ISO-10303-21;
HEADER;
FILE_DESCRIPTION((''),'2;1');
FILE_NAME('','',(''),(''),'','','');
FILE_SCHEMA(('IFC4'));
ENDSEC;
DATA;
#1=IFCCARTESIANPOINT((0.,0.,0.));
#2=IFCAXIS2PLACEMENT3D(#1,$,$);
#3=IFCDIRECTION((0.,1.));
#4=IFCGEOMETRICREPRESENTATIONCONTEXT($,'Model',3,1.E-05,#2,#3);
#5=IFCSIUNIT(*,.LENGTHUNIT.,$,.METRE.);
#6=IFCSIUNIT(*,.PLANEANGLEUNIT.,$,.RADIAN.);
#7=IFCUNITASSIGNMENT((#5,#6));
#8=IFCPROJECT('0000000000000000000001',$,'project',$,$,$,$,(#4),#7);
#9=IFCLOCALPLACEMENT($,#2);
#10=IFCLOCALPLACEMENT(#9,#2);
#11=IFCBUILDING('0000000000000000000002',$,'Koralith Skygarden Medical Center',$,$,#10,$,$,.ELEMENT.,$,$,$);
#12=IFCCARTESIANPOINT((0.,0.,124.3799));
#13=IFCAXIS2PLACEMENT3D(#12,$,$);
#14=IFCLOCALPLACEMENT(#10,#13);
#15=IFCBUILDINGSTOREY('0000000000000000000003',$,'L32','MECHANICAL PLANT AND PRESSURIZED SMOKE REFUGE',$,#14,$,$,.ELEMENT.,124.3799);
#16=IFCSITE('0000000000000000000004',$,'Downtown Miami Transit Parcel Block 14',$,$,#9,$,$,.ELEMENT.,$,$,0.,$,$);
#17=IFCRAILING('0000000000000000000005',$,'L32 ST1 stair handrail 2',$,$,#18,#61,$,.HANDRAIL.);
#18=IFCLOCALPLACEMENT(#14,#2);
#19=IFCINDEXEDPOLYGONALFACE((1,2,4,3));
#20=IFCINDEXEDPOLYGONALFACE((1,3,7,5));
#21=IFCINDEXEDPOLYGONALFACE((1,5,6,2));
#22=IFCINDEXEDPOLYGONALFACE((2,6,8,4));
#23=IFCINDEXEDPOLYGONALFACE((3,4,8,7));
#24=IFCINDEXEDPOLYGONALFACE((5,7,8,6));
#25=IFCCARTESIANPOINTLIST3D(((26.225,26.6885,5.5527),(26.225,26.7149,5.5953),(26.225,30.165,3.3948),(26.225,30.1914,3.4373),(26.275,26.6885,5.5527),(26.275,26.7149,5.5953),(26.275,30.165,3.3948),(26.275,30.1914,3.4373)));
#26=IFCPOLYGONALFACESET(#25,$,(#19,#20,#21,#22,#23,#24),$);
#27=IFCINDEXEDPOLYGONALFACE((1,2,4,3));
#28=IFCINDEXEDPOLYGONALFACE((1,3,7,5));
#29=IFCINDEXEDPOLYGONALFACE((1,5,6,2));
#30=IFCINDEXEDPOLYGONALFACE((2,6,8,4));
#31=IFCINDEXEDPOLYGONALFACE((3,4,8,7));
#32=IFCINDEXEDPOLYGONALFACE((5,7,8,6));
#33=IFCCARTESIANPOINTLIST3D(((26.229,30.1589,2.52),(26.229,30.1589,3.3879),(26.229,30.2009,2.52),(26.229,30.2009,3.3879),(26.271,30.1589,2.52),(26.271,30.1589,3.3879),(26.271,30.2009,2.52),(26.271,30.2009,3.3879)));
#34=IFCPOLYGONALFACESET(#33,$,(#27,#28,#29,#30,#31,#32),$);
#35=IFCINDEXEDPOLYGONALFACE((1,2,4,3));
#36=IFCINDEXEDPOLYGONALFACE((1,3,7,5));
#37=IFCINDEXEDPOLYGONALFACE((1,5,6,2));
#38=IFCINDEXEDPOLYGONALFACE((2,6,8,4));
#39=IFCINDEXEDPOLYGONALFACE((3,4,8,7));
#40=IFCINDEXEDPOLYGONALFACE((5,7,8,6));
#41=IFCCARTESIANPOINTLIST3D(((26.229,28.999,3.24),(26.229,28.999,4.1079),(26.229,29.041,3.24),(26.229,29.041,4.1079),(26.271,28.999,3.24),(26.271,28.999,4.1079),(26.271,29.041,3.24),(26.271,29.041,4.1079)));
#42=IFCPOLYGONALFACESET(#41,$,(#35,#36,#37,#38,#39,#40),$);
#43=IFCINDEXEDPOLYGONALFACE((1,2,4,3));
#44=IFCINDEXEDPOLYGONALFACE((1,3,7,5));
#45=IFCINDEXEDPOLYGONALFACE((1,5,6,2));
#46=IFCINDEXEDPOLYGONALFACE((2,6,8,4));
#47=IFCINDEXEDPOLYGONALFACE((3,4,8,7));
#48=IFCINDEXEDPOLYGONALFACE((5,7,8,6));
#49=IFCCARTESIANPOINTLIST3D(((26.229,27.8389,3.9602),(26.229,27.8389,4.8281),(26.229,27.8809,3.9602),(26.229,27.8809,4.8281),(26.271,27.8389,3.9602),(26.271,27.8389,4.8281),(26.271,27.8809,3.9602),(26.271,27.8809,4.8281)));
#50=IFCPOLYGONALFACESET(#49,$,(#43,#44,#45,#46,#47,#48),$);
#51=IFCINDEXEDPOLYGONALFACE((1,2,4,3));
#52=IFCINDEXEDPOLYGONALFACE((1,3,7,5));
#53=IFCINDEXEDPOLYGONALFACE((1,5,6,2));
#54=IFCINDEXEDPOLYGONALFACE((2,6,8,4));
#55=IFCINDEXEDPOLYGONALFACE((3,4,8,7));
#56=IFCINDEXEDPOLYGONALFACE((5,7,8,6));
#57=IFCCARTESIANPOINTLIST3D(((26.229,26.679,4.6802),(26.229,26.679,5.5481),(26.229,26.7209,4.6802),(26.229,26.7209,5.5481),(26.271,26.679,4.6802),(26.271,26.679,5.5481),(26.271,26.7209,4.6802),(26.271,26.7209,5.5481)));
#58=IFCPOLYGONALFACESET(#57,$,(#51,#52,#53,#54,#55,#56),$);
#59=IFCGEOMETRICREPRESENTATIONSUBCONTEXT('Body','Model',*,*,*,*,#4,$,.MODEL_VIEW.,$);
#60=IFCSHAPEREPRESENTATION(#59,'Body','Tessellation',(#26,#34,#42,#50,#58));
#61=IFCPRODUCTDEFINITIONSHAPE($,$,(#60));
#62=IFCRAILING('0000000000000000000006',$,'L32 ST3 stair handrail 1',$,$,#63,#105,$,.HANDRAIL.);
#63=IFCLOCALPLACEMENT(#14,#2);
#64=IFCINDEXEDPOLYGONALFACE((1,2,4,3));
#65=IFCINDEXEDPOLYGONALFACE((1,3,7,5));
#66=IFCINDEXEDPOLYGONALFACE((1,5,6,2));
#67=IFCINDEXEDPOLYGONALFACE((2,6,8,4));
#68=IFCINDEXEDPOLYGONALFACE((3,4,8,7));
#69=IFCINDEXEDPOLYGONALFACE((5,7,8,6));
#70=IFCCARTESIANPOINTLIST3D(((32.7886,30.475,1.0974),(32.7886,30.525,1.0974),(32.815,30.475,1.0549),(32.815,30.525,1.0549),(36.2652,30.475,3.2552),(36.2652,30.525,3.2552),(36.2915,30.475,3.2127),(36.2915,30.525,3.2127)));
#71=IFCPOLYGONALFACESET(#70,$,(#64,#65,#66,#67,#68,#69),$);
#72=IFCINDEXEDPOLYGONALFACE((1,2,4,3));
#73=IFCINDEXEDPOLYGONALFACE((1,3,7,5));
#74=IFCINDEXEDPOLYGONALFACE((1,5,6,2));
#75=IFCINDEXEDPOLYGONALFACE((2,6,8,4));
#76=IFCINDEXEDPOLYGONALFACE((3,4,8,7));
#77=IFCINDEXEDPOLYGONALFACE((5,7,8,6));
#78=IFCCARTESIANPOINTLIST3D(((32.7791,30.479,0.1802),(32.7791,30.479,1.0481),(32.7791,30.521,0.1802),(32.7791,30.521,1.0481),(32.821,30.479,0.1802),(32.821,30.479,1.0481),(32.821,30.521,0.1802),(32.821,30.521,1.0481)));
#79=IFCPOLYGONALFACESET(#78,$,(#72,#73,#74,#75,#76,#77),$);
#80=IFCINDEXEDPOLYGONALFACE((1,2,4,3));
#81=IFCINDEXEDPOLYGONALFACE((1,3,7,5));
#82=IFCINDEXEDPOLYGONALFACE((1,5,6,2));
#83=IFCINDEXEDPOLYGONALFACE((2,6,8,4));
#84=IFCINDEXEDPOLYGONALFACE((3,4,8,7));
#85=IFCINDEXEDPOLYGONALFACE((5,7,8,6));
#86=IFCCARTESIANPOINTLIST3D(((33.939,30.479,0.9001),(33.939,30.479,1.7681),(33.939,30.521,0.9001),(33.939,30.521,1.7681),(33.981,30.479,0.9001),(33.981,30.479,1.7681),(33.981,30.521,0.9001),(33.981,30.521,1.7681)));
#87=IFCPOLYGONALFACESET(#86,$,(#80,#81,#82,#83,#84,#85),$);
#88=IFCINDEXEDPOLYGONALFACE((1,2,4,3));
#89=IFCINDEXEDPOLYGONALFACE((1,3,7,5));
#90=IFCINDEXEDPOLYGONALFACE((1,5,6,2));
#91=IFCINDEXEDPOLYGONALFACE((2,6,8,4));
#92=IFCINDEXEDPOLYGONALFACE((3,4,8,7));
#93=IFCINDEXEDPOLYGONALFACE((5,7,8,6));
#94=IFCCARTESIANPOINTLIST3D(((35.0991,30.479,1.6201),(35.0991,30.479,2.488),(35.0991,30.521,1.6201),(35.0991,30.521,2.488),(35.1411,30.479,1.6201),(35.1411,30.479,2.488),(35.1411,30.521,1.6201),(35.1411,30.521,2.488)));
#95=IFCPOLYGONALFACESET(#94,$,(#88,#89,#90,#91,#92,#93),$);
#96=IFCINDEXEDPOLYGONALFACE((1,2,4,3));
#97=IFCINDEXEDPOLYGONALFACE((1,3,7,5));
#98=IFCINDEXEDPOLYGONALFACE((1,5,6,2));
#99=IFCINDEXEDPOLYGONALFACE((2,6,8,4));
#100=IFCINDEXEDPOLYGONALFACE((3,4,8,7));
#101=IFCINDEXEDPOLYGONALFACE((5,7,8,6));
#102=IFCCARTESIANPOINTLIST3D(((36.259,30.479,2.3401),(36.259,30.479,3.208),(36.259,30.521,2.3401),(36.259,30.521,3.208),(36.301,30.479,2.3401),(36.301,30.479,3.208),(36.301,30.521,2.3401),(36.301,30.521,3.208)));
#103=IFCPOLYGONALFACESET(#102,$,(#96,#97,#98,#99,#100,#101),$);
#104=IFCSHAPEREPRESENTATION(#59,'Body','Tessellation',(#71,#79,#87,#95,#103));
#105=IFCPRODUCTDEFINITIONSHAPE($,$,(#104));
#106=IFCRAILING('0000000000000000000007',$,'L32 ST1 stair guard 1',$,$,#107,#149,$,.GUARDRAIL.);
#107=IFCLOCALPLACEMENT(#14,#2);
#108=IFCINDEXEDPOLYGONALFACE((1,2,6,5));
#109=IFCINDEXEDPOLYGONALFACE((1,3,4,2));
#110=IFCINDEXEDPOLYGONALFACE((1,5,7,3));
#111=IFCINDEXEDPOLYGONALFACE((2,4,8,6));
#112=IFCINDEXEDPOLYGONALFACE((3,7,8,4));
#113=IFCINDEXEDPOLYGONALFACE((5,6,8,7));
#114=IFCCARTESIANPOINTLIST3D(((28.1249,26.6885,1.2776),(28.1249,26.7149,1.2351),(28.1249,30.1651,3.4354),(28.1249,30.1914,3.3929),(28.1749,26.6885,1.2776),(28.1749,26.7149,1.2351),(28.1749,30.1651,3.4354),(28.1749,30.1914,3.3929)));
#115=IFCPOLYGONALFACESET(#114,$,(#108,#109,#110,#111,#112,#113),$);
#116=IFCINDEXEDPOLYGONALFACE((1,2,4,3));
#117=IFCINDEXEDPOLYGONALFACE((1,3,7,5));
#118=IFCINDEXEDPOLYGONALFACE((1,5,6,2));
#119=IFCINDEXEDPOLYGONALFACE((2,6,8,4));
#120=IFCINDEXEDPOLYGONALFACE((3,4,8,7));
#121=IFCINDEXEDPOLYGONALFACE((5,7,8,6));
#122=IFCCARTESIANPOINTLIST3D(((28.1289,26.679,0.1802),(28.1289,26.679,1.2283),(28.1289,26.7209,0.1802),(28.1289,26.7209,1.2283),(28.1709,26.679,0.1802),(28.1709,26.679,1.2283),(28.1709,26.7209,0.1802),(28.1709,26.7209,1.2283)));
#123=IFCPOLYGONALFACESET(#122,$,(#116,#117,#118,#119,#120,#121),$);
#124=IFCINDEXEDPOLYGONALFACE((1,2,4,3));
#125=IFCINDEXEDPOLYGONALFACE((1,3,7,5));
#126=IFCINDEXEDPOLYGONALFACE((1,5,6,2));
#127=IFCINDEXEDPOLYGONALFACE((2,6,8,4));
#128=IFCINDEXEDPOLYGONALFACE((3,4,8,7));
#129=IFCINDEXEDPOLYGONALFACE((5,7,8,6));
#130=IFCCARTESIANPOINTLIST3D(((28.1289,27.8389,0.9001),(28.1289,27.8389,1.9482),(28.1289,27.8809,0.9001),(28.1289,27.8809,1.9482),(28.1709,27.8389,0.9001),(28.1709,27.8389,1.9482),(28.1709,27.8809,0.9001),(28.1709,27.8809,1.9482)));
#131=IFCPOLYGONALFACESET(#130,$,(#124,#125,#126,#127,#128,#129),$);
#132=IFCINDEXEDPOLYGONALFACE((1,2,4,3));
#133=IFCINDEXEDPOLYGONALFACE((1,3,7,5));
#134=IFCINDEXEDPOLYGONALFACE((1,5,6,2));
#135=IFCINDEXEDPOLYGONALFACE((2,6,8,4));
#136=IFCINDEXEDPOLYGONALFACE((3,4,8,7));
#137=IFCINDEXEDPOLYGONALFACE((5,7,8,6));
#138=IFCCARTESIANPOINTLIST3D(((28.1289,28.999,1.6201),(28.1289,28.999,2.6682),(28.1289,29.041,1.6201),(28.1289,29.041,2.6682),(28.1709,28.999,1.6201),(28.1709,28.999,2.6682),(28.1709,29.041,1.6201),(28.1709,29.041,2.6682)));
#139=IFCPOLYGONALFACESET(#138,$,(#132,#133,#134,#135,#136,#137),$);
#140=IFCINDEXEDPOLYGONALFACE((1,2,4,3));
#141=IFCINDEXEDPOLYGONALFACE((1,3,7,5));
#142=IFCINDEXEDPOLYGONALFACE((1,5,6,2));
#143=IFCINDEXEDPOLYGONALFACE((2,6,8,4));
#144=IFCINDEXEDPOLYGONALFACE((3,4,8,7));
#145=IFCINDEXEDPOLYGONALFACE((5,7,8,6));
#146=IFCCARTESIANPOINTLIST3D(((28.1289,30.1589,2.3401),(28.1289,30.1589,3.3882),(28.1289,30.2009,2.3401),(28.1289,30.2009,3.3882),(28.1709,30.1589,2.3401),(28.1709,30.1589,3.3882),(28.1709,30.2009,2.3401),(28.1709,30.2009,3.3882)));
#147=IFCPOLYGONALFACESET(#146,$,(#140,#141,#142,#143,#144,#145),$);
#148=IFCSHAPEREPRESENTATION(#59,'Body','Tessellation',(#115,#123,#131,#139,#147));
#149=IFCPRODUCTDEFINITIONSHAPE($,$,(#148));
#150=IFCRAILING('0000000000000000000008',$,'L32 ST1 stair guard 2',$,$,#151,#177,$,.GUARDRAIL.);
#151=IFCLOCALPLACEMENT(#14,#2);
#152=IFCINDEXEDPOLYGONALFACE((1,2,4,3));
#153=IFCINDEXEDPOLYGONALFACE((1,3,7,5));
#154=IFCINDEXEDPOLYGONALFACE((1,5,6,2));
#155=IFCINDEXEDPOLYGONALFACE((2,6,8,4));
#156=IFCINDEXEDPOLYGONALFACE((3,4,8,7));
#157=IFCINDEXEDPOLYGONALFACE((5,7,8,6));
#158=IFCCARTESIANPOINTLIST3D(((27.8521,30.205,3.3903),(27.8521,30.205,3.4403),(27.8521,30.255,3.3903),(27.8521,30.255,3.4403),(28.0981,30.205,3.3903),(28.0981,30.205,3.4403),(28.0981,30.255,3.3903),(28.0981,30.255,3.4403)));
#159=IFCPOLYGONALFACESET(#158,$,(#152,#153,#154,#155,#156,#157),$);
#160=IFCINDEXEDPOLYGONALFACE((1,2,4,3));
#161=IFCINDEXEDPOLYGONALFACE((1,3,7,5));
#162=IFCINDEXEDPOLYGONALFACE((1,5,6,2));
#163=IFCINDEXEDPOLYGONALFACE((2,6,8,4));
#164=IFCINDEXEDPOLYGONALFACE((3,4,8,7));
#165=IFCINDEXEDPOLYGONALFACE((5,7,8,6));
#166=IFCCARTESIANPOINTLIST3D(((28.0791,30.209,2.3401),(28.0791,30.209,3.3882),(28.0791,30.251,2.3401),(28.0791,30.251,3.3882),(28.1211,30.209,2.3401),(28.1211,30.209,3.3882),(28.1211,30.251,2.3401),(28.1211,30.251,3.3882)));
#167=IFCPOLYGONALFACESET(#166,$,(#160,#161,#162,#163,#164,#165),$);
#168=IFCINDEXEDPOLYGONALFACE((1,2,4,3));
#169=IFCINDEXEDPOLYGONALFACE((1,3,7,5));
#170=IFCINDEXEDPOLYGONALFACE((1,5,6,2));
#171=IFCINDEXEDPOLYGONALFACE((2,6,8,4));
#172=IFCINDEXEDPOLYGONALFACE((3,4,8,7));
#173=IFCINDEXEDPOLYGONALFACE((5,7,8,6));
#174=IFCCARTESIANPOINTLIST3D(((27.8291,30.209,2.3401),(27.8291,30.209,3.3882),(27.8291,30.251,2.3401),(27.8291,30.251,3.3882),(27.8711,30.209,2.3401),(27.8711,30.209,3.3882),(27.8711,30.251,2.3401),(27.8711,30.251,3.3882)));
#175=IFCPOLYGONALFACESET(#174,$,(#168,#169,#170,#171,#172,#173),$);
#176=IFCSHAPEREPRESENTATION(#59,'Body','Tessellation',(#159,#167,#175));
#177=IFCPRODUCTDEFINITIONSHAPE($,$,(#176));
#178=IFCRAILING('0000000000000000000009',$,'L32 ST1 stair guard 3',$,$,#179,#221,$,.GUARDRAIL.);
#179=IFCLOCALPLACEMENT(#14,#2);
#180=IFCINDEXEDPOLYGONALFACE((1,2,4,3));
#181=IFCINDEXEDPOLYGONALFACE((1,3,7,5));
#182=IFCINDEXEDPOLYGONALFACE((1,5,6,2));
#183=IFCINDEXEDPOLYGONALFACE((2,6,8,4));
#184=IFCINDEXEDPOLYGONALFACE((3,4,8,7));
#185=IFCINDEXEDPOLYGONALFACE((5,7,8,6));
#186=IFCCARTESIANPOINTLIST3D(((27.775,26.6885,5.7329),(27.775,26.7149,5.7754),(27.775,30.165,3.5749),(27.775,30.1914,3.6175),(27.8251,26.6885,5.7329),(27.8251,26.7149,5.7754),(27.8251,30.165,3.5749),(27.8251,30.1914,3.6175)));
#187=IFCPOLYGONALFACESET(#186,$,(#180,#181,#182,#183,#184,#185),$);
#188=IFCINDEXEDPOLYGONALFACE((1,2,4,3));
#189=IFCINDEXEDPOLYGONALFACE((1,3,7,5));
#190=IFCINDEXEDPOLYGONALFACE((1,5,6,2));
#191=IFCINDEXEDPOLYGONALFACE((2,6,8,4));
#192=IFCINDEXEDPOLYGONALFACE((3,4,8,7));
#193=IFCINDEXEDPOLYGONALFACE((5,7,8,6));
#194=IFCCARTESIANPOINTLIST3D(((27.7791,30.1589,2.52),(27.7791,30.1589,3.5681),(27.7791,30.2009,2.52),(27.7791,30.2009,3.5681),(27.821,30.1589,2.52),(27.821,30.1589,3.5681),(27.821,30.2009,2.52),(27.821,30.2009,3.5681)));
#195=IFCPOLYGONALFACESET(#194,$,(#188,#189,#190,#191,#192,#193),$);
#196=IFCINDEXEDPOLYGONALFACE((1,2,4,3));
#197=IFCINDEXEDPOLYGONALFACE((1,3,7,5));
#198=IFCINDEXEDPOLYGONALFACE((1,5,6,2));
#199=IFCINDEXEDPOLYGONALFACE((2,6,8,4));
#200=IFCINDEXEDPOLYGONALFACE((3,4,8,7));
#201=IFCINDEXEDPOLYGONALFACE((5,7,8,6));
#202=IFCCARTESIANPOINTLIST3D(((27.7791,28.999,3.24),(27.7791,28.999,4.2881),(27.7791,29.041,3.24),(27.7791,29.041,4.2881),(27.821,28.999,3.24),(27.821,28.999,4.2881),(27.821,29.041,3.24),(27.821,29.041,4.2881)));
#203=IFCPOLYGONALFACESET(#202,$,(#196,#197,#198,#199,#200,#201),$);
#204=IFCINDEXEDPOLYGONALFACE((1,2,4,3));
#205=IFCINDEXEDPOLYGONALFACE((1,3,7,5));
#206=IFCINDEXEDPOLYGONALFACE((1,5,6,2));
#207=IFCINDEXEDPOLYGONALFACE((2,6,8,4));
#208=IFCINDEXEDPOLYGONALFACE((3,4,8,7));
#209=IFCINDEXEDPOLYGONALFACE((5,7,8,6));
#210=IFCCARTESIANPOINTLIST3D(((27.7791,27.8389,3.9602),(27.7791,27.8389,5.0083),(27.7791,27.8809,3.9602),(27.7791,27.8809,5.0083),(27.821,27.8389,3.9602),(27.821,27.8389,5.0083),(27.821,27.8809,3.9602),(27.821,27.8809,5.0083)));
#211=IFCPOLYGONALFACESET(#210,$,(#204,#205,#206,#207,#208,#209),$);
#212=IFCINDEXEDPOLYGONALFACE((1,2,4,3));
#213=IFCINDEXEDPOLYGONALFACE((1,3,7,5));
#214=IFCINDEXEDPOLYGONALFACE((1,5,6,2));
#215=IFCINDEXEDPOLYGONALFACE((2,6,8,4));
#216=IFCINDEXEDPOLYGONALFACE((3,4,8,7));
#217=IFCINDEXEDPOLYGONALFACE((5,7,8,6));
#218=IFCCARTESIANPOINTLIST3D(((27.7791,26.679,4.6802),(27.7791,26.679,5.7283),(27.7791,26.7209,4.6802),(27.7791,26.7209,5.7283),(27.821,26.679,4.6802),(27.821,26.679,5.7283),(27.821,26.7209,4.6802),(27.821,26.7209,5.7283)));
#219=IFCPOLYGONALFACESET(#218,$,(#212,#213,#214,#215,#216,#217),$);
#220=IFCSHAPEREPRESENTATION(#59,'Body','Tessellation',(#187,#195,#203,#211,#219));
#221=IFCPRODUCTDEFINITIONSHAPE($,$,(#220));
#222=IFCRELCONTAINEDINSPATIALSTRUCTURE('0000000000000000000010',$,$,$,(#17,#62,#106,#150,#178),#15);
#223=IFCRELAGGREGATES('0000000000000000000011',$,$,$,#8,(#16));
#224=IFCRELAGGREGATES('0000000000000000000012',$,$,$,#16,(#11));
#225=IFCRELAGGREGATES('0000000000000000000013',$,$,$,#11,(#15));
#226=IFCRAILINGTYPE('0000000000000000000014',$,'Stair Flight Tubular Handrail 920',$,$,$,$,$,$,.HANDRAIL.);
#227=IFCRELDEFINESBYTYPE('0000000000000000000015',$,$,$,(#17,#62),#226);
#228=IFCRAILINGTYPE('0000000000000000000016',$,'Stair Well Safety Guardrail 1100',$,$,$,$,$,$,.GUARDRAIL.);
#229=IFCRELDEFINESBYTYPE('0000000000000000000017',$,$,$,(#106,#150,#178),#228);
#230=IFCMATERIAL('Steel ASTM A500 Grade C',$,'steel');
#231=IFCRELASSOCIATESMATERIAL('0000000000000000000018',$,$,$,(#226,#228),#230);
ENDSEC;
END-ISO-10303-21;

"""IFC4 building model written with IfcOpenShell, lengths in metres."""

from ifc_helpers import new_model, si_unit, direction, frame, origin, origin_2d, place, context, subcontext, project, spatial, rectangle, extrude, material, type_object, element, save


model = new_model("IFC4")

# Units and contexts
model_context = context("Model", 3, precision=1e-05, world=origin(), true_north=direction((0.0, 1.0)))
body_context = subcontext(model_context, "Body", "Model", "MODEL_VIEW")
ifc_project = project(units=[si_unit("LENGTHUNIT", "METRE"), si_unit("PLANEANGLEUNIT", "RADIAN")], contexts=[model_context])

# Site, building, storey
site_placement = place(None, origin())
site = spatial("IfcSite", under=ifc_project, at=site_placement, Name="Downtown Miami Transit Parcel Block 14", CompositionType="ELEMENT", RefElevation=0.0)
building_placement = place(site_placement, origin())
building = spatial("IfcBuilding", under=site, at=building_placement, Name="Koralith Skygarden Medical Center", CompositionType="ELEMENT")
storey_placement = place(building_placement, frame((0.0, 0.0, 124.3799)))
storey = spatial("IfcBuildingStorey", under=building, at=storey_placement, Name="L32", Description="MECHANICAL PLANT AND PRESSURIZED SMOKE REFUGE", CompositionType="ELEMENT", Elevation=124.3799)

# Shared definitions
ifc_material_1 = material(Name="Steel ASTM A500 Grade C", Category="steel")

# Railings
railing_type_1 = type_object("IfcRailingType", Name="Stair Flight Tubular Handrail 920", PredefinedType="HANDRAIL", material=ifc_material_1)
railing_1_placement = place(storey_placement, frame((26.25, 30.1799, 2.52)))
element("IfcRailing", 1, at=railing_1_placement, inside=storey, type_object=railing_type_1, Name="L32 ST1 stair handrail 2", PredefinedType="HANDRAIL", context=body_context, shape_type="SweptSolid", body=[
    extrude(rectangle(XDim=0.05, YDim=0.05, at=origin_2d()), frame((0.0, -0.0017, 0.896), z_axis=(0.0, -0.849622, 0.527393), x_axis=(1.0, 0.0, 0.0)), (0.0, 0.0, 1.0), 4.0918),
    extrude(rectangle(XDim=0.042, YDim=0.042, at=origin_2d()), origin(), (0.0, 0.0, 1.0), 0.8679),
    extrude(rectangle(XDim=0.042, YDim=0.042, at=origin_2d()), frame((0.0, -1.1599, 0.72)), (0.0, 0.0, 1.0), 0.8679),
    extrude(rectangle(XDim=0.042, YDim=0.042, at=origin_2d()), frame((0.0, -2.3201, 1.4402)), (0.0, 0.0, 1.0), 0.8679),
    extrude(rectangle(XDim=0.042, YDim=0.042, at=origin_2d()), frame((0.0, -3.48, 2.1602)), (0.0, 0.0, 1.0), 0.8679),
])
railing_2_placement = place(storey_placement, frame((32.8, 30.5, 0.1802)))
element("IfcRailing", 2, at=railing_2_placement, inside=storey, type_object=railing_type_1, Name="L32 ST3 stair handrail 1", PredefinedType="HANDRAIL", context=body_context, shape_type="SweptSolid", body=[
    extrude(rectangle(XDim=0.05, YDim=0.05, at=origin_2d()), frame((0.0017, 0.0, 0.896), z_axis=(0.849648, 0.0, 0.52735), x_axis=(0.0, 1.0, 0.0)), (0.0, 0.0, 1.0), 4.0918),
    extrude(rectangle(XDim=0.042, YDim=0.042, at=origin_2d()), origin(), (0.0, 0.0, 1.0), 0.8679),
    extrude(rectangle(XDim=0.042, YDim=0.042, at=origin_2d()), frame((1.1599, 0.0, 0.72)), (0.0, 0.0, 1.0), 0.8679),
    extrude(rectangle(XDim=0.042, YDim=0.042, at=origin_2d()), frame((2.3201, 0.0, 1.4399)), (0.0, 0.0, 1.0), 0.8679),
    extrude(rectangle(XDim=0.042, YDim=0.042, at=origin_2d()), frame((3.48, 0.0, 2.1599)), (0.0, 0.0, 1.0), 0.8679),
])
railing_type_2 = type_object("IfcRailingType", Name="Stair Well Safety Guardrail 1100", PredefinedType="GUARDRAIL", material=ifc_material_1)
railing_3_placement = place(storey_placement, frame((28.1499, 26.7, 0.1802)))
element("IfcRailing", 3, at=railing_3_placement, inside=storey, type_object=railing_type_2, Name="L32 ST1 stair guard 1", PredefinedType="GUARDRAIL", context=body_context, shape_type="SweptSolid", body=[
    extrude(rectangle(XDim=0.05, YDim=0.05, at=origin_2d()), frame((0.0, 0.0017, 1.0762), z_axis=(0.0, 0.849648, 0.52735), x_axis=(-1.0, 0.0, 0.0)), (0.0, 0.0, 1.0), 4.0918),
    extrude(rectangle(XDim=0.042, YDim=0.042, at=origin_2d()), origin(), (0.0, 0.0, 1.0), 1.0481),
    extrude(rectangle(XDim=0.042, YDim=0.042, at=origin_2d()), frame((0.0, 1.1599, 0.72)), (0.0, 0.0, 1.0), 1.0481),
    extrude(rectangle(XDim=0.042, YDim=0.042, at=origin_2d()), frame((0.0, 2.3201, 1.4399)), (0.0, 0.0, 1.0), 1.0481),
    extrude(rectangle(XDim=0.042, YDim=0.042, at=origin_2d()), frame((0.0, 3.48, 2.1599)), (0.0, 0.0, 1.0), 1.0481),
])
railing_4_placement = place(storey_placement, frame((28.1001, 30.23, 2.3401)))
element("IfcRailing", 4, at=railing_4_placement, inside=storey, type_object=railing_type_2, Name="L32 ST1 stair guard 2", PredefinedType="GUARDRAIL", context=body_context, shape_type="SweptSolid", body=[
    extrude(rectangle(XDim=0.05, YDim=0.05, at=origin_2d()), frame((-0.002, 0.0, 1.0752), z_axis=(-1.0, 0.0, 0.0), x_axis=(0.0, -1.0, 0.0)), (0.0, 0.0, 1.0), 0.2461),
    extrude(rectangle(XDim=0.042, YDim=0.042, at=origin_2d()), origin(), (0.0, 0.0, 1.0), 1.0481),
    extrude(rectangle(XDim=0.042, YDim=0.042, at=origin_2d()), frame((-0.25, 0.0, 0.0)), (0.0, 0.0, 1.0), 1.0481),
])
railing_5_placement = place(storey_placement, frame((27.8, 30.1799, 2.52)))
element("IfcRailing", 5, at=railing_5_placement, inside=storey, type_object=railing_type_2, Name="L32 ST1 stair guard 3", PredefinedType="GUARDRAIL", context=body_context, shape_type="SweptSolid", body=[
    extrude(rectangle(XDim=0.05, YDim=0.05, at=origin_2d()), frame((0.0, -0.0017, 1.0762), z_axis=(0.0, -0.849622, 0.527393), x_axis=(1.0, 0.0, 0.0)), (0.0, 0.0, 1.0), 4.0918),
    extrude(rectangle(XDim=0.042, YDim=0.042, at=origin_2d()), origin(), (0.0, 0.0, 1.0), 1.0481),
    extrude(rectangle(XDim=0.042, YDim=0.042, at=origin_2d()), frame((0.0, -1.1599, 0.72)), (0.0, 0.0, 1.0), 1.0481),
    extrude(rectangle(XDim=0.042, YDim=0.042, at=origin_2d()), frame((0.0, -2.3201, 1.4402)), (0.0, 0.0, 1.0), 1.0481),
    extrude(rectangle(XDim=0.042, YDim=0.042, at=origin_2d()), frame((0.0, -3.48, 2.1602)), (0.0, 0.0, 1.0), 1.0481),
])

save(model, "model.ifc")
